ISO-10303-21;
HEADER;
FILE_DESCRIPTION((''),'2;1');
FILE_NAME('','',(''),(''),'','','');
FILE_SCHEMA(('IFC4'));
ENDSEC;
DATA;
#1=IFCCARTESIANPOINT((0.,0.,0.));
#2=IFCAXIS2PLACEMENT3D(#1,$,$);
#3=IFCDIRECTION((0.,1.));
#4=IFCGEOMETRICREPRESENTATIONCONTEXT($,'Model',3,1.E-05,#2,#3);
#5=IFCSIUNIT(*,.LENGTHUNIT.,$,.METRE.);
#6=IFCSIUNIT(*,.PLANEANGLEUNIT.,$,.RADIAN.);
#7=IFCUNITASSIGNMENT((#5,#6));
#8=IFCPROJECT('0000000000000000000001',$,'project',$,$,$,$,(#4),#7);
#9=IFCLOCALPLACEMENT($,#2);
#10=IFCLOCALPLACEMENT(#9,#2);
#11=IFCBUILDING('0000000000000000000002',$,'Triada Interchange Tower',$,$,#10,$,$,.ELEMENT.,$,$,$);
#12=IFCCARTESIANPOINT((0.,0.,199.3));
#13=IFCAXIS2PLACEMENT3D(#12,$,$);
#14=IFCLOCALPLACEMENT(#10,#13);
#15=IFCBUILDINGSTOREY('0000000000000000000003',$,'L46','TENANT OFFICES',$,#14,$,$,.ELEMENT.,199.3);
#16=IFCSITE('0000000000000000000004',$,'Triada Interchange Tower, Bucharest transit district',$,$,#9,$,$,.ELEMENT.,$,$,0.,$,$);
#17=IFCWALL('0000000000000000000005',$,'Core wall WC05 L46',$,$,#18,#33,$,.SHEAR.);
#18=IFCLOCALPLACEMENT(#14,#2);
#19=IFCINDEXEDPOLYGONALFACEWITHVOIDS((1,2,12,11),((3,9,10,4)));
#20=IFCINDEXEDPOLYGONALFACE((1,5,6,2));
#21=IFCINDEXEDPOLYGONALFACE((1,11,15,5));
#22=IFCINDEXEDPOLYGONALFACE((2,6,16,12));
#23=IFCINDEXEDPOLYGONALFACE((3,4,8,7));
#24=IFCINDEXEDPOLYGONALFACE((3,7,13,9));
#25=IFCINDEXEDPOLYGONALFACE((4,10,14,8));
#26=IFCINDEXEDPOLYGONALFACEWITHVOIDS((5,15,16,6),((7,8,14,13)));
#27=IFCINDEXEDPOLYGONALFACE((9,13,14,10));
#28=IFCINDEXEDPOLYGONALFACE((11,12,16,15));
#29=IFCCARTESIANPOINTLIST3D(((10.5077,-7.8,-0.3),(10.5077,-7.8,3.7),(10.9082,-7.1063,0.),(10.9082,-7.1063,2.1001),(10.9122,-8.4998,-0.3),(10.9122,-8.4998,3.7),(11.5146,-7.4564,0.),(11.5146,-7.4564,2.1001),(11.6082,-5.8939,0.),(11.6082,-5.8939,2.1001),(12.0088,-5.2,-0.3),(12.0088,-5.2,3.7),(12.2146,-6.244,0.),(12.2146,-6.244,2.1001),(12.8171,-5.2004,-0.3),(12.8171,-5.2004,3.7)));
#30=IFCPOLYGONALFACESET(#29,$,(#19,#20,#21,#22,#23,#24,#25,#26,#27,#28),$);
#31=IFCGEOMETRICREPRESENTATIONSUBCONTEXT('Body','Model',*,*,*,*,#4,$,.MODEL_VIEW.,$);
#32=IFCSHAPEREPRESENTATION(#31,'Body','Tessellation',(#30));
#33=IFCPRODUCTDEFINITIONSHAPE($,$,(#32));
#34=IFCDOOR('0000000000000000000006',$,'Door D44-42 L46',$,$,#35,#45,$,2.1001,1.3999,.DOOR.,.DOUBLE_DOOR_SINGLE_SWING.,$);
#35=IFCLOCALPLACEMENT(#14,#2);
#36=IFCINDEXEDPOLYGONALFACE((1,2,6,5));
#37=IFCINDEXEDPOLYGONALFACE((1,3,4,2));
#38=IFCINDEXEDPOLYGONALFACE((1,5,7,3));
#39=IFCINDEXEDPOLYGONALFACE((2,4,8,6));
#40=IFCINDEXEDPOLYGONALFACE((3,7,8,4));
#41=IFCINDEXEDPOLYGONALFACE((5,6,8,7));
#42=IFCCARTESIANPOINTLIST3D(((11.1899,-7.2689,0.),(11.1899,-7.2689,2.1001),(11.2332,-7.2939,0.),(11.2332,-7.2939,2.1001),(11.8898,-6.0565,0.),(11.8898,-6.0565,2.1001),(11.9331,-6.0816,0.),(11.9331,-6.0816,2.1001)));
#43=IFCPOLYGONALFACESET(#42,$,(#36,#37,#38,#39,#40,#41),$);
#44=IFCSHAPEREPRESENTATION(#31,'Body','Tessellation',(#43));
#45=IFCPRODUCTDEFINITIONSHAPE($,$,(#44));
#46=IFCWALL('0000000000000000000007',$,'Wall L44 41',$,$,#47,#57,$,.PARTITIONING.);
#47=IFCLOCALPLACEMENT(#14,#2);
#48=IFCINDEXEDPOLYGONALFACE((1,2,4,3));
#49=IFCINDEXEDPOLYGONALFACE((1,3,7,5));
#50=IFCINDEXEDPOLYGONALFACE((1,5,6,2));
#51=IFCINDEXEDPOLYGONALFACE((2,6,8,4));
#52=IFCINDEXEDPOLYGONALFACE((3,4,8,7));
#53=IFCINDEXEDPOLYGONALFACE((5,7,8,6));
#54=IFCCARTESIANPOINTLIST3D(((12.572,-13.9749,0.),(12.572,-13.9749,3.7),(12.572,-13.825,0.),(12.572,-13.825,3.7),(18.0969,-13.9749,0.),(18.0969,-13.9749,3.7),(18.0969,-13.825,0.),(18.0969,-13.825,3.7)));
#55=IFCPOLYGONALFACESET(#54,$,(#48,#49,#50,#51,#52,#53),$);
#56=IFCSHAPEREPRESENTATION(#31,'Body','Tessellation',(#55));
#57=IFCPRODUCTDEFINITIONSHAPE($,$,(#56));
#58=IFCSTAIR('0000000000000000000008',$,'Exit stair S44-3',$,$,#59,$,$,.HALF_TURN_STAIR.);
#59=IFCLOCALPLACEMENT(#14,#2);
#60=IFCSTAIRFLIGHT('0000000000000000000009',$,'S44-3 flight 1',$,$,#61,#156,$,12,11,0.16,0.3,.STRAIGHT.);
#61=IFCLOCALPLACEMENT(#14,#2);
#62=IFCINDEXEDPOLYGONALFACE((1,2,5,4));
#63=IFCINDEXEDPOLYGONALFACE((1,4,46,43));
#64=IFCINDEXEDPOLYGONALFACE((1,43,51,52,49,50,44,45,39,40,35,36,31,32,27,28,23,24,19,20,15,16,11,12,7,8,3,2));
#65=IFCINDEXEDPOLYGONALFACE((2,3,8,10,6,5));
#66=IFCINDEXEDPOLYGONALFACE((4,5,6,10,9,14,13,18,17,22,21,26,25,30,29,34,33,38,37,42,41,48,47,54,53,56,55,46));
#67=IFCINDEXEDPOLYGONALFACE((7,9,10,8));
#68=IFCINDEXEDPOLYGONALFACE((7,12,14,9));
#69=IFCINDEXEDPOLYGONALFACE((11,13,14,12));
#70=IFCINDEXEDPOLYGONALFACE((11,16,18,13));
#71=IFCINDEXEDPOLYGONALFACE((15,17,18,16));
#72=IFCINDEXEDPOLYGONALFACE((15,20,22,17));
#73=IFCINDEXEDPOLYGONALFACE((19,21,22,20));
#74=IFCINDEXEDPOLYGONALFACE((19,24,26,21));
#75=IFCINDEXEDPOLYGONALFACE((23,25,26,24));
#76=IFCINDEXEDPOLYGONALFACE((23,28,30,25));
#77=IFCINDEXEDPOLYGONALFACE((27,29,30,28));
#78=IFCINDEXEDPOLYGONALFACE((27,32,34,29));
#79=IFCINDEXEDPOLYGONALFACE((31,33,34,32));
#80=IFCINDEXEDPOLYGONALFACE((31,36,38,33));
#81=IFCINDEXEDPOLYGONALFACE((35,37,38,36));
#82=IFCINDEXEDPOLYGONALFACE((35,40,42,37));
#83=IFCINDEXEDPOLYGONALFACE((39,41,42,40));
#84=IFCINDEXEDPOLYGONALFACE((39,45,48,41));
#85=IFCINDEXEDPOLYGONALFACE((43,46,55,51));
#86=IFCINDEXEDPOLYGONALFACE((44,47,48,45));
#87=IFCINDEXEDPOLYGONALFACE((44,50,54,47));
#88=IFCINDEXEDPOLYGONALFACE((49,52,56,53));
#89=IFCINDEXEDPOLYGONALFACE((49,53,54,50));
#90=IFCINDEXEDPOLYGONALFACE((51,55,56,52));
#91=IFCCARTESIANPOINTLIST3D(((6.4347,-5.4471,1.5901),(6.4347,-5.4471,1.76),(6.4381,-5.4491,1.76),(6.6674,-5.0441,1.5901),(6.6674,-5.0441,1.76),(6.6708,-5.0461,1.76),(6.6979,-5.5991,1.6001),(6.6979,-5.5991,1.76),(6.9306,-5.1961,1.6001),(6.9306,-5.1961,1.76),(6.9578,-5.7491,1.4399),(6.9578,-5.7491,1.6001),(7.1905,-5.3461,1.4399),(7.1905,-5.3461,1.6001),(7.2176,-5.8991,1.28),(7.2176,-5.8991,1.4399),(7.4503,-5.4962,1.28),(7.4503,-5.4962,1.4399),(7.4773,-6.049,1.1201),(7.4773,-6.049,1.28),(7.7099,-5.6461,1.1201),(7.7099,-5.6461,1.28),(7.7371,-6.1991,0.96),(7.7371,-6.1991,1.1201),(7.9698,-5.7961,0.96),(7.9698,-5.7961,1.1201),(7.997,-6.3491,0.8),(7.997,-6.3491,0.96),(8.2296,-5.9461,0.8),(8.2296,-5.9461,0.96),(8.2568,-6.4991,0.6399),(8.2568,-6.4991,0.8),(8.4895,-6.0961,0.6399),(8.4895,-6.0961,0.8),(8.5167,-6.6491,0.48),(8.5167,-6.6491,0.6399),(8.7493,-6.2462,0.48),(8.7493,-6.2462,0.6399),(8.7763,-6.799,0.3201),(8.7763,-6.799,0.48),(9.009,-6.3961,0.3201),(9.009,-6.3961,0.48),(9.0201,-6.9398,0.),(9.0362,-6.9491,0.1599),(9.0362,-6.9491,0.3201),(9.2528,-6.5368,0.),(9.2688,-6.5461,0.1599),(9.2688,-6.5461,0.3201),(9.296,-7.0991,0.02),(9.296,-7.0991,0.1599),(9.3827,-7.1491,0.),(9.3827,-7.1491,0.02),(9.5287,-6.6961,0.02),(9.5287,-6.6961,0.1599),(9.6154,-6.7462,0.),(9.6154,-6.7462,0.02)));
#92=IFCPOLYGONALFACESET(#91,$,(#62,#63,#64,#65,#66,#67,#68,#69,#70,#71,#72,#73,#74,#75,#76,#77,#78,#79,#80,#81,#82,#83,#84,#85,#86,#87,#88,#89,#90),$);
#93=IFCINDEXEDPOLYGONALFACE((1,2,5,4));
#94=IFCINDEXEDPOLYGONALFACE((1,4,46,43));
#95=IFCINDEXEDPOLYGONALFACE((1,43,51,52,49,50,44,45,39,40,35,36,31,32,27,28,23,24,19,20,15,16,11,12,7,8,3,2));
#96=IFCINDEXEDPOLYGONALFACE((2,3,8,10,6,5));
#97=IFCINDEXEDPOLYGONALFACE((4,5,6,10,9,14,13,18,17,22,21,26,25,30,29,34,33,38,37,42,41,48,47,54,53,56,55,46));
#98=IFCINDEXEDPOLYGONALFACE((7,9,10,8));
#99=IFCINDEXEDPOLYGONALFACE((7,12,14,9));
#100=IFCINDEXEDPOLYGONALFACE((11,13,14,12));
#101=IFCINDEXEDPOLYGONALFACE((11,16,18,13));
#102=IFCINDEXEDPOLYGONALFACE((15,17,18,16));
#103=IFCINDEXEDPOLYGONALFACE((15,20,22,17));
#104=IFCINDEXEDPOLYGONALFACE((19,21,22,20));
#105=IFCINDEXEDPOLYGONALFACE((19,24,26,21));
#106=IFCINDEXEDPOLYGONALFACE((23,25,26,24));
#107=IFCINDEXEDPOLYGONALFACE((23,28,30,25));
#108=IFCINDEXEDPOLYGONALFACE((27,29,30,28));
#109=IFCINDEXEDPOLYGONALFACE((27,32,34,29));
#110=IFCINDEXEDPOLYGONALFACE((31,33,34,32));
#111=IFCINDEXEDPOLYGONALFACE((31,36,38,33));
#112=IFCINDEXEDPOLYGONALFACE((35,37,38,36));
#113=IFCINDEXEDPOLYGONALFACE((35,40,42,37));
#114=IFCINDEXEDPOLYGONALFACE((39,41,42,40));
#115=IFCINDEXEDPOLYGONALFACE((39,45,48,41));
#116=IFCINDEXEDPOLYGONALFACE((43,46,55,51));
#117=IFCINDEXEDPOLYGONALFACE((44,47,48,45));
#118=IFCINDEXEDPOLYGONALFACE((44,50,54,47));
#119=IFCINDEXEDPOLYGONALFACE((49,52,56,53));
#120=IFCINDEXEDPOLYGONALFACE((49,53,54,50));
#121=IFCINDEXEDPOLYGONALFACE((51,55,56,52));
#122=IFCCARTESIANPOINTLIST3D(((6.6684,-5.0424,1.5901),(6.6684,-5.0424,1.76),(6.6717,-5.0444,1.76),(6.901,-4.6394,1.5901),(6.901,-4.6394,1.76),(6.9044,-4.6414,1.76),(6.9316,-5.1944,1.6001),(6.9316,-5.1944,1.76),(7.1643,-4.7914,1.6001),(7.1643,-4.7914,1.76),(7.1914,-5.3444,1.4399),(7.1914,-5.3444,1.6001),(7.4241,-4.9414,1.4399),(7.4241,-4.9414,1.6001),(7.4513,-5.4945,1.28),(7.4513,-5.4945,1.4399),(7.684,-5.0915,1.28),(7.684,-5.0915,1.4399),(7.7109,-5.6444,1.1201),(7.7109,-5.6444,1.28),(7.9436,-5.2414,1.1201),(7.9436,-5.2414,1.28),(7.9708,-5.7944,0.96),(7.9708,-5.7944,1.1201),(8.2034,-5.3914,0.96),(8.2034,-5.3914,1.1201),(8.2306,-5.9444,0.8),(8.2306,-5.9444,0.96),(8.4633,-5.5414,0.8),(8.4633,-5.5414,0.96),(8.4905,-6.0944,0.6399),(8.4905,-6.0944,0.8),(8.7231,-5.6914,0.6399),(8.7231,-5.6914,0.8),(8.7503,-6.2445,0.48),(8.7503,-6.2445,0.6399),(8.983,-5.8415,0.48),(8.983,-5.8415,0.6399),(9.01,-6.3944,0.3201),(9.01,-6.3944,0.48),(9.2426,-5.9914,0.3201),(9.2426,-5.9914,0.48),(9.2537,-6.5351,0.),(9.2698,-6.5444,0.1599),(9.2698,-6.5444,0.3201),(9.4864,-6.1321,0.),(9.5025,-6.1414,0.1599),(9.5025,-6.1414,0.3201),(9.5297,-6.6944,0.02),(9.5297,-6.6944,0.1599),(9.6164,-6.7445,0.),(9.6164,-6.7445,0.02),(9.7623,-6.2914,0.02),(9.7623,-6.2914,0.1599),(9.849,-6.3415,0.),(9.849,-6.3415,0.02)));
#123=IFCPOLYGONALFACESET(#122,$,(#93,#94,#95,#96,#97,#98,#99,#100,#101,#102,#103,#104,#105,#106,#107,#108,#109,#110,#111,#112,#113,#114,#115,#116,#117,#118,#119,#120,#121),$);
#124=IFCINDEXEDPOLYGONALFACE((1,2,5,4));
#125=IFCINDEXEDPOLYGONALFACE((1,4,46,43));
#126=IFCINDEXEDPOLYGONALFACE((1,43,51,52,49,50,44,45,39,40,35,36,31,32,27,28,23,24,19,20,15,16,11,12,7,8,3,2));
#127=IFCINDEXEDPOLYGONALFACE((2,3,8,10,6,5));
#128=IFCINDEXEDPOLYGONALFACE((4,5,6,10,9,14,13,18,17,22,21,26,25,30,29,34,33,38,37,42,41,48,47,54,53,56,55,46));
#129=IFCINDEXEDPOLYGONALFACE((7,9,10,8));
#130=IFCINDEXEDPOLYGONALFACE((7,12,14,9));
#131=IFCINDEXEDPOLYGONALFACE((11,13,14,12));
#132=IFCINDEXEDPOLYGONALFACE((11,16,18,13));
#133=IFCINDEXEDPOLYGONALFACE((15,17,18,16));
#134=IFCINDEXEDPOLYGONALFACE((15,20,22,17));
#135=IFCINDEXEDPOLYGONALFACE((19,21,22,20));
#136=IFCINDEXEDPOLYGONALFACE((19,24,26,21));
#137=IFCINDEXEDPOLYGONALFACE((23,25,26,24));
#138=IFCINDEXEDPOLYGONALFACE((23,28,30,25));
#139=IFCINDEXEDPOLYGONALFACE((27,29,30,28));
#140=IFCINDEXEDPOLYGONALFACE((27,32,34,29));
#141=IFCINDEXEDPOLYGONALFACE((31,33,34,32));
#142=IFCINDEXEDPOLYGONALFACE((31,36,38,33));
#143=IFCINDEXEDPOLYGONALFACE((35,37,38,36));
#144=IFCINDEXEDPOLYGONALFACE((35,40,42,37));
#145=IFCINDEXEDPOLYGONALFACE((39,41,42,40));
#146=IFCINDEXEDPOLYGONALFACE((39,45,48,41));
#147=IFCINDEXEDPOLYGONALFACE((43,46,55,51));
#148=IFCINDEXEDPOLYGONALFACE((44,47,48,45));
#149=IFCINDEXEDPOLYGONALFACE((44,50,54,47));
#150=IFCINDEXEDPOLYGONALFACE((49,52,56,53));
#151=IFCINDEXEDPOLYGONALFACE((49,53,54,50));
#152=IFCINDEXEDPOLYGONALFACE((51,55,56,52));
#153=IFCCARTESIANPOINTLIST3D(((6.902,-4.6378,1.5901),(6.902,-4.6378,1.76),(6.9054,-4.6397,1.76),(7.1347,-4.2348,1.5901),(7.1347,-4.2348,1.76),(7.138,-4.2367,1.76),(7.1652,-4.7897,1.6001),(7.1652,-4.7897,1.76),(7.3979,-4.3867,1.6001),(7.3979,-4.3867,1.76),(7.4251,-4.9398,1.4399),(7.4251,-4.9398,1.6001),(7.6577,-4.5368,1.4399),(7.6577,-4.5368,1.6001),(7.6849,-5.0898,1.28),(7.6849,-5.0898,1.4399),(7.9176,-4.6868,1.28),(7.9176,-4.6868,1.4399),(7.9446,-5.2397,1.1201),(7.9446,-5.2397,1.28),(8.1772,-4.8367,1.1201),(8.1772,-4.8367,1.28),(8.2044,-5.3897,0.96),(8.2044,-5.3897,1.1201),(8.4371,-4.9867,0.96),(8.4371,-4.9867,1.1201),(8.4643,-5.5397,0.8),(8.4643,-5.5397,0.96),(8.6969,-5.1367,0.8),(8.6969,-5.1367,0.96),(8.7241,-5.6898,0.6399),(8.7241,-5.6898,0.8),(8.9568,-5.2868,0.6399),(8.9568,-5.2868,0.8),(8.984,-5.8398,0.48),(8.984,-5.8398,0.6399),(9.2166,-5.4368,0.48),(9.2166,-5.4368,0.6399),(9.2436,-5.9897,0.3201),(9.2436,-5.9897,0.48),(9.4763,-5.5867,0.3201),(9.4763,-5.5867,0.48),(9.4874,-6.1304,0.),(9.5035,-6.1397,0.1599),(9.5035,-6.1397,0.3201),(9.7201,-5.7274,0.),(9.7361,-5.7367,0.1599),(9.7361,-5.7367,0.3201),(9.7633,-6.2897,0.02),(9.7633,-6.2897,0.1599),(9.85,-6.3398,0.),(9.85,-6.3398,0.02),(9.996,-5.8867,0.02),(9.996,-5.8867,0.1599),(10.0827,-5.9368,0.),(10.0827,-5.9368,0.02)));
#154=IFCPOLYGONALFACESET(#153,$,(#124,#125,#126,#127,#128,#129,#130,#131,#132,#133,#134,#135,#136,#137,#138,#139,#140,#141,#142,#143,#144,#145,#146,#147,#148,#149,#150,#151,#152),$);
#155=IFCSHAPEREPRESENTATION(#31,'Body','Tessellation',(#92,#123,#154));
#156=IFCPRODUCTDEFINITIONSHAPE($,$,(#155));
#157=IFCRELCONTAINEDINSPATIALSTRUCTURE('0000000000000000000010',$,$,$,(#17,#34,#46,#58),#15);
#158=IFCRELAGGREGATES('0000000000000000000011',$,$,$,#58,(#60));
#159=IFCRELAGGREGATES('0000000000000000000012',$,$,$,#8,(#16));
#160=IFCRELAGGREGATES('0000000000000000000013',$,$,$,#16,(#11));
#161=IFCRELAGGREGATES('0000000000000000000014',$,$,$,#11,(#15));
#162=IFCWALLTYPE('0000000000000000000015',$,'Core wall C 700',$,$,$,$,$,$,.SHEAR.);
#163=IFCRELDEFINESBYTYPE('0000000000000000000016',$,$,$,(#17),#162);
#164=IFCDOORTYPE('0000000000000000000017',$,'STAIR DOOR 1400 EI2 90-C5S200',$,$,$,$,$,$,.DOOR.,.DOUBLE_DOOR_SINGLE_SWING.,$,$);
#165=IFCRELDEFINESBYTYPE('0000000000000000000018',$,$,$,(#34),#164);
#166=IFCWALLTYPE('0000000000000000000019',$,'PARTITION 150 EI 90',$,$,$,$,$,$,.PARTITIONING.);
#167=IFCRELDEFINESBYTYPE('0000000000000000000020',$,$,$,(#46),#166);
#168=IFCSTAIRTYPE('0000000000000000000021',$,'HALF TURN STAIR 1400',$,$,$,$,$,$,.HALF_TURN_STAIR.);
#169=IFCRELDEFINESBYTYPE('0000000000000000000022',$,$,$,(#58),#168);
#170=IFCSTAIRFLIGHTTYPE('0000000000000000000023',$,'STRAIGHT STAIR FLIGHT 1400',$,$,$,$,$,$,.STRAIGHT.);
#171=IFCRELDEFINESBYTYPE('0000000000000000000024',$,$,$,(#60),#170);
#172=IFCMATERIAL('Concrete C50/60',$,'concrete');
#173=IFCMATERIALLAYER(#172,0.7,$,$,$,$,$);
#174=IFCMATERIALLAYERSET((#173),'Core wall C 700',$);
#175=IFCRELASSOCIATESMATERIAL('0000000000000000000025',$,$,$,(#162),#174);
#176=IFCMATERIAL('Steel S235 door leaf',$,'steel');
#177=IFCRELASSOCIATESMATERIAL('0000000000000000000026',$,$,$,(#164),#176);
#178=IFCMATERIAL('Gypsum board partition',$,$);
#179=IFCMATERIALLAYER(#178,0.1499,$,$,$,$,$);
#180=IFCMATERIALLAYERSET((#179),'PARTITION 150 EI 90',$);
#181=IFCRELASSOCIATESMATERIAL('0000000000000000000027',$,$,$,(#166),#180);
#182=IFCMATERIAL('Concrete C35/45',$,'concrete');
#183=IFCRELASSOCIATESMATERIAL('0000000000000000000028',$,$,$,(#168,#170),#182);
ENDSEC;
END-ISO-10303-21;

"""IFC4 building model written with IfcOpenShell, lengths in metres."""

from ifc_helpers import new_model, si_unit, direction, frame, frame_2d, origin, place, context, subcontext, project, spatial, polyline, rectangle, outline, extrude, material, layer, layer_set, type_object, element, fill, aggregate, save


model = new_model("IFC4")

# Units and contexts
model_context = context("Model", 3, precision=1e-05, world=origin(), true_north=direction((0.0, 1.0)))
body_context = subcontext(model_context, "Body", "Model", "MODEL_VIEW")
ifc_project = project(units=[si_unit("LENGTHUNIT", "METRE"), si_unit("PLANEANGLEUNIT", "RADIAN")], contexts=[model_context])

# Site, building, storey
site_placement = place(None, origin())
site = spatial("IfcSite", under=ifc_project, at=site_placement, Name="Triada Interchange Tower, Bucharest transit district", CompositionType="ELEMENT", RefElevation=0.0)
building_placement = place(site_placement, origin())
building = spatial("IfcBuilding", under=site, at=building_placement, Name="Triada Interchange Tower", CompositionType="ELEMENT")
storey_placement = place(building_placement, frame((0.0, 0.0, 199.3)))
storey = spatial("IfcBuildingStorey", under=building, at=storey_placement, Name="L46", Description="TENANT OFFICES", CompositionType="ELEMENT", Elevation=199.3)

# Shared definitions
ifc_material_1 = material(Name="Steel S235 door leaf", Category="steel")

# Wall, opening, door
ifc_material_2 = material(Name="Concrete C50/60", Category="concrete")
ifc_layer_1 = layer(ifc_material_2, 0.7)
ifc_layer_set_1 = layer_set([ifc_layer_1], Name="Core wall C 700")
wall_type_1 = type_object("IfcWallType", Name="Core wall C 700", PredefinedType="SHEAR", material=ifc_layer_set_1)
wall_1_placement = place(storey_placement, frame((10.71, -8.1499, -0.3), z_axis=(0.0, 0.0, 1.0), x_axis=(0.499993, 0.866029, 0.0)))
wall_1 = element("IfcWall", 1, at=wall_1_placement, inside=storey, type_object=wall_type_1, Name="Core wall WC05 L46", PredefinedType="SHEAR", context=body_context, shape_type="SweptSolid", body=[
    extrude(outline(polyline([(-0.2019, -0.3501), (1.7031, -0.3501), (3.6079, -0.3501), (3.2041, 0.3501), (1.7031, 0.3501), (0.2019, 0.3501), (-0.2019, -0.3501)])), origin(), (0.0, 0.0, 1.0), 4.0),
])
opening_1_placement = place(wall_1_placement, frame((1.0029, 0.0, 0.3)))
opening_1 = element("IfcOpeningElement", 2, at=opening_1_placement, cuts=wall_1, PredefinedType="OPENING", context=body_context, shape_type="SweptSolid", body=[
    extrude(rectangle(XDim=1.3999, YDim=2.1001, at=frame_2d((0.7, 1.05))), frame((0.0, 0.3601, 0.0), z_axis=(0.0, -1.0, 0.0), x_axis=(1.0, 0.0, 0.0)), (0.0, 0.0, 1.0), 0.7202),
])
door_type_1 = type_object("IfcDoorType", Name="STAIR DOOR 1400 EI2 90-C5S200", OperationType="DOUBLE_DOOR_SINGLE_SWING", PredefinedType="DOOR", material=ifc_material_1)
door_1_placement = place(opening_1_placement, origin())
door_1 = element("IfcDoor", 3, at=door_1_placement, inside=storey, type_object=door_type_1, Name="Door D44-42 L46", OperationType="DOUBLE_DOOR_SINGLE_SWING", OverallHeight=2.1001, OverallWidth=1.3999, PredefinedType="DOOR", context=body_context, shape_type="SweptSolid", body=[
    extrude(rectangle(XDim=1.3999, YDim=2.1001, at=frame_2d((0.7, 1.05))), frame((0.0, 0.0249, 0.0), z_axis=(0.0, -1.0, 0.0), x_axis=(1.0, 0.0, 0.0)), (0.0, 0.0, 1.0), 0.05),
])
fill(opening_1, door_1)

# Wall
ifc_material_3 = material(Name="Gypsum board partition")
ifc_layer_2 = layer(ifc_material_3, 0.1499)
ifc_layer_set_2 = layer_set([ifc_layer_2], Name="PARTITION 150 EI 90")
wall_type_2 = type_object("IfcWallType", Name="PARTITION 150 EI 90", PredefinedType="PARTITIONING", material=ifc_layer_set_2)
wall_2_placement = place(storey_placement, frame((12.572, -13.8999, 0.0), z_axis=(0.0, 0.0, 1.0), x_axis=(1.0, 0.0, 0.0)))
element("IfcWall", 4, at=wall_2_placement, inside=storey, type_object=wall_type_2, Name="Wall L44 41", PredefinedType="PARTITIONING", context=body_context, shape_type="SweptSolid", body=[
    extrude(rectangle(XDim=5.5249, YDim=0.1499, at=frame_2d((2.7625, 0.0))), origin(), (0.0, 0.0, 1.0), 3.7),
])

# Stair, stair flight
ifc_material_4 = material(Name="Concrete C35/45", Category="concrete")
stair_type = type_object("IfcStairType", Name="HALF TURN STAIR 1400", PredefinedType="HALF_TURN_STAIR", material=ifc_material_4)
stair_placement = place(storey_placement, origin())
stair = element("IfcStair", 5, at=stair_placement, inside=storey, type_object=stair_type, Name="Exit stair S44-3", PredefinedType="HALF_TURN_STAIR")
stair_flight_type = type_object("IfcStairFlightType", Name="STRAIGHT STAIR FLIGHT 1400", PredefinedType="STRAIGHT", material=ifc_material_4)
stair_flight_1_placement = place(storey_placement, frame((9.646, -6.4929, 0.0), z_axis=(0.0, 0.0, 1.0), x_axis=(-0.866025, 0.5, 0.0)))
stair_flight_1 = element("IfcStairFlight", 6, at=stair_flight_1_placement, type_object=stair_flight_type, Name="S44-3 flight 1", NumberOfRisers=12, NumberOfTreads=11, PredefinedType="STRAIGHT", RiserHeight=0.16, TreadLength=0.3, context=body_context, shape_type="SweptSolid", body=[
    extrude(outline(polyline([(-0.1001, 0.0), (-0.1001, 0.02), (0.0, 0.02), (0.0, 0.1599), (0.3, 0.1599), (0.3, 0.3201), (0.6001, 0.3201), (0.6001, 0.48), (0.8999, 0.48), (0.8999, 0.6399), (1.2, 0.6399), (1.2, 0.8), (1.5, 0.8), (1.5, 0.96), (1.8, 0.96), (1.8, 1.1201), (2.1001, 1.1201), (2.1001, 1.28), (2.3999, 1.28), (2.3999, 1.4399), (2.7, 1.4399), (2.7, 1.6001), (3.0, 1.6001), (3.0, 1.76), (3.3, 1.76), (3.304, 1.76), (3.304, 1.9199), (3.304, 1.5901), (0.3186, 0.0), (-0.1001, 0.0)])), frame((0.0, 0.7, 0.0), z_axis=(0.0, -1.0, 0.0), x_axis=(1.0, 0.0, 0.0)), (0.0, 0.0, 1.0), 0.4653),
    extrude(outline(polyline([(-0.1001, 0.0), (-0.1001, 0.02), (0.0, 0.02), (0.0, 0.1599), (0.3, 0.1599), (0.3, 0.3201), (0.6001, 0.3201), (0.6001, 0.48), (0.8999, 0.48), (0.8999, 0.6399), (1.2, 0.6399), (1.2, 0.8), (1.5, 0.8), (1.5, 0.96), (1.8, 0.96), (1.8, 1.1201), (2.1001, 1.1201), (2.1001, 1.28), (2.3999, 1.28), (2.3999, 1.4399), (2.7, 1.4399), (2.7, 1.6001), (3.0, 1.6001), (3.0, 1.76), (3.3, 1.76), (3.304, 1.76), (3.304, 1.9199), (3.304, 1.5901), (0.3186, 0.0), (-0.1001, 0.0)])), frame((0.0, 0.2327, 0.0), z_axis=(0.0, -1.0, 0.0), x_axis=(1.0, 0.0, 0.0)), (0.0, 0.0, 1.0), 0.4653),
    extrude(outline(polyline([(-0.1001, 0.0), (-0.1001, 0.02), (0.0, 0.02), (0.0, 0.1599), (0.3, 0.1599), (0.3, 0.3201), (0.6001, 0.3201), (0.6001, 0.48), (0.8999, 0.48), (0.8999, 0.6399), (1.2, 0.6399), (1.2, 0.8), (1.5, 0.8), (1.5, 0.96), (1.8, 0.96), (1.8, 1.1201), (2.1001, 1.1201), (2.1001, 1.28), (2.3999, 1.28), (2.3999, 1.4399), (2.7, 1.4399), (2.7, 1.6001), (3.0, 1.6001), (3.0, 1.76), (3.3, 1.76), (3.304, 1.76), (3.304, 1.9199), (3.304, 1.5901), (0.3186, 0.0), (-0.1001, 0.0)])), frame((0.0, -0.2346, 0.0), z_axis=(0.0, -1.0, 0.0), x_axis=(1.0, 0.0, 0.0)), (0.0, 0.0, 1.0), 0.4653),
])
aggregate(stair, [stair_flight_1])

save(model, "model.ifc")
